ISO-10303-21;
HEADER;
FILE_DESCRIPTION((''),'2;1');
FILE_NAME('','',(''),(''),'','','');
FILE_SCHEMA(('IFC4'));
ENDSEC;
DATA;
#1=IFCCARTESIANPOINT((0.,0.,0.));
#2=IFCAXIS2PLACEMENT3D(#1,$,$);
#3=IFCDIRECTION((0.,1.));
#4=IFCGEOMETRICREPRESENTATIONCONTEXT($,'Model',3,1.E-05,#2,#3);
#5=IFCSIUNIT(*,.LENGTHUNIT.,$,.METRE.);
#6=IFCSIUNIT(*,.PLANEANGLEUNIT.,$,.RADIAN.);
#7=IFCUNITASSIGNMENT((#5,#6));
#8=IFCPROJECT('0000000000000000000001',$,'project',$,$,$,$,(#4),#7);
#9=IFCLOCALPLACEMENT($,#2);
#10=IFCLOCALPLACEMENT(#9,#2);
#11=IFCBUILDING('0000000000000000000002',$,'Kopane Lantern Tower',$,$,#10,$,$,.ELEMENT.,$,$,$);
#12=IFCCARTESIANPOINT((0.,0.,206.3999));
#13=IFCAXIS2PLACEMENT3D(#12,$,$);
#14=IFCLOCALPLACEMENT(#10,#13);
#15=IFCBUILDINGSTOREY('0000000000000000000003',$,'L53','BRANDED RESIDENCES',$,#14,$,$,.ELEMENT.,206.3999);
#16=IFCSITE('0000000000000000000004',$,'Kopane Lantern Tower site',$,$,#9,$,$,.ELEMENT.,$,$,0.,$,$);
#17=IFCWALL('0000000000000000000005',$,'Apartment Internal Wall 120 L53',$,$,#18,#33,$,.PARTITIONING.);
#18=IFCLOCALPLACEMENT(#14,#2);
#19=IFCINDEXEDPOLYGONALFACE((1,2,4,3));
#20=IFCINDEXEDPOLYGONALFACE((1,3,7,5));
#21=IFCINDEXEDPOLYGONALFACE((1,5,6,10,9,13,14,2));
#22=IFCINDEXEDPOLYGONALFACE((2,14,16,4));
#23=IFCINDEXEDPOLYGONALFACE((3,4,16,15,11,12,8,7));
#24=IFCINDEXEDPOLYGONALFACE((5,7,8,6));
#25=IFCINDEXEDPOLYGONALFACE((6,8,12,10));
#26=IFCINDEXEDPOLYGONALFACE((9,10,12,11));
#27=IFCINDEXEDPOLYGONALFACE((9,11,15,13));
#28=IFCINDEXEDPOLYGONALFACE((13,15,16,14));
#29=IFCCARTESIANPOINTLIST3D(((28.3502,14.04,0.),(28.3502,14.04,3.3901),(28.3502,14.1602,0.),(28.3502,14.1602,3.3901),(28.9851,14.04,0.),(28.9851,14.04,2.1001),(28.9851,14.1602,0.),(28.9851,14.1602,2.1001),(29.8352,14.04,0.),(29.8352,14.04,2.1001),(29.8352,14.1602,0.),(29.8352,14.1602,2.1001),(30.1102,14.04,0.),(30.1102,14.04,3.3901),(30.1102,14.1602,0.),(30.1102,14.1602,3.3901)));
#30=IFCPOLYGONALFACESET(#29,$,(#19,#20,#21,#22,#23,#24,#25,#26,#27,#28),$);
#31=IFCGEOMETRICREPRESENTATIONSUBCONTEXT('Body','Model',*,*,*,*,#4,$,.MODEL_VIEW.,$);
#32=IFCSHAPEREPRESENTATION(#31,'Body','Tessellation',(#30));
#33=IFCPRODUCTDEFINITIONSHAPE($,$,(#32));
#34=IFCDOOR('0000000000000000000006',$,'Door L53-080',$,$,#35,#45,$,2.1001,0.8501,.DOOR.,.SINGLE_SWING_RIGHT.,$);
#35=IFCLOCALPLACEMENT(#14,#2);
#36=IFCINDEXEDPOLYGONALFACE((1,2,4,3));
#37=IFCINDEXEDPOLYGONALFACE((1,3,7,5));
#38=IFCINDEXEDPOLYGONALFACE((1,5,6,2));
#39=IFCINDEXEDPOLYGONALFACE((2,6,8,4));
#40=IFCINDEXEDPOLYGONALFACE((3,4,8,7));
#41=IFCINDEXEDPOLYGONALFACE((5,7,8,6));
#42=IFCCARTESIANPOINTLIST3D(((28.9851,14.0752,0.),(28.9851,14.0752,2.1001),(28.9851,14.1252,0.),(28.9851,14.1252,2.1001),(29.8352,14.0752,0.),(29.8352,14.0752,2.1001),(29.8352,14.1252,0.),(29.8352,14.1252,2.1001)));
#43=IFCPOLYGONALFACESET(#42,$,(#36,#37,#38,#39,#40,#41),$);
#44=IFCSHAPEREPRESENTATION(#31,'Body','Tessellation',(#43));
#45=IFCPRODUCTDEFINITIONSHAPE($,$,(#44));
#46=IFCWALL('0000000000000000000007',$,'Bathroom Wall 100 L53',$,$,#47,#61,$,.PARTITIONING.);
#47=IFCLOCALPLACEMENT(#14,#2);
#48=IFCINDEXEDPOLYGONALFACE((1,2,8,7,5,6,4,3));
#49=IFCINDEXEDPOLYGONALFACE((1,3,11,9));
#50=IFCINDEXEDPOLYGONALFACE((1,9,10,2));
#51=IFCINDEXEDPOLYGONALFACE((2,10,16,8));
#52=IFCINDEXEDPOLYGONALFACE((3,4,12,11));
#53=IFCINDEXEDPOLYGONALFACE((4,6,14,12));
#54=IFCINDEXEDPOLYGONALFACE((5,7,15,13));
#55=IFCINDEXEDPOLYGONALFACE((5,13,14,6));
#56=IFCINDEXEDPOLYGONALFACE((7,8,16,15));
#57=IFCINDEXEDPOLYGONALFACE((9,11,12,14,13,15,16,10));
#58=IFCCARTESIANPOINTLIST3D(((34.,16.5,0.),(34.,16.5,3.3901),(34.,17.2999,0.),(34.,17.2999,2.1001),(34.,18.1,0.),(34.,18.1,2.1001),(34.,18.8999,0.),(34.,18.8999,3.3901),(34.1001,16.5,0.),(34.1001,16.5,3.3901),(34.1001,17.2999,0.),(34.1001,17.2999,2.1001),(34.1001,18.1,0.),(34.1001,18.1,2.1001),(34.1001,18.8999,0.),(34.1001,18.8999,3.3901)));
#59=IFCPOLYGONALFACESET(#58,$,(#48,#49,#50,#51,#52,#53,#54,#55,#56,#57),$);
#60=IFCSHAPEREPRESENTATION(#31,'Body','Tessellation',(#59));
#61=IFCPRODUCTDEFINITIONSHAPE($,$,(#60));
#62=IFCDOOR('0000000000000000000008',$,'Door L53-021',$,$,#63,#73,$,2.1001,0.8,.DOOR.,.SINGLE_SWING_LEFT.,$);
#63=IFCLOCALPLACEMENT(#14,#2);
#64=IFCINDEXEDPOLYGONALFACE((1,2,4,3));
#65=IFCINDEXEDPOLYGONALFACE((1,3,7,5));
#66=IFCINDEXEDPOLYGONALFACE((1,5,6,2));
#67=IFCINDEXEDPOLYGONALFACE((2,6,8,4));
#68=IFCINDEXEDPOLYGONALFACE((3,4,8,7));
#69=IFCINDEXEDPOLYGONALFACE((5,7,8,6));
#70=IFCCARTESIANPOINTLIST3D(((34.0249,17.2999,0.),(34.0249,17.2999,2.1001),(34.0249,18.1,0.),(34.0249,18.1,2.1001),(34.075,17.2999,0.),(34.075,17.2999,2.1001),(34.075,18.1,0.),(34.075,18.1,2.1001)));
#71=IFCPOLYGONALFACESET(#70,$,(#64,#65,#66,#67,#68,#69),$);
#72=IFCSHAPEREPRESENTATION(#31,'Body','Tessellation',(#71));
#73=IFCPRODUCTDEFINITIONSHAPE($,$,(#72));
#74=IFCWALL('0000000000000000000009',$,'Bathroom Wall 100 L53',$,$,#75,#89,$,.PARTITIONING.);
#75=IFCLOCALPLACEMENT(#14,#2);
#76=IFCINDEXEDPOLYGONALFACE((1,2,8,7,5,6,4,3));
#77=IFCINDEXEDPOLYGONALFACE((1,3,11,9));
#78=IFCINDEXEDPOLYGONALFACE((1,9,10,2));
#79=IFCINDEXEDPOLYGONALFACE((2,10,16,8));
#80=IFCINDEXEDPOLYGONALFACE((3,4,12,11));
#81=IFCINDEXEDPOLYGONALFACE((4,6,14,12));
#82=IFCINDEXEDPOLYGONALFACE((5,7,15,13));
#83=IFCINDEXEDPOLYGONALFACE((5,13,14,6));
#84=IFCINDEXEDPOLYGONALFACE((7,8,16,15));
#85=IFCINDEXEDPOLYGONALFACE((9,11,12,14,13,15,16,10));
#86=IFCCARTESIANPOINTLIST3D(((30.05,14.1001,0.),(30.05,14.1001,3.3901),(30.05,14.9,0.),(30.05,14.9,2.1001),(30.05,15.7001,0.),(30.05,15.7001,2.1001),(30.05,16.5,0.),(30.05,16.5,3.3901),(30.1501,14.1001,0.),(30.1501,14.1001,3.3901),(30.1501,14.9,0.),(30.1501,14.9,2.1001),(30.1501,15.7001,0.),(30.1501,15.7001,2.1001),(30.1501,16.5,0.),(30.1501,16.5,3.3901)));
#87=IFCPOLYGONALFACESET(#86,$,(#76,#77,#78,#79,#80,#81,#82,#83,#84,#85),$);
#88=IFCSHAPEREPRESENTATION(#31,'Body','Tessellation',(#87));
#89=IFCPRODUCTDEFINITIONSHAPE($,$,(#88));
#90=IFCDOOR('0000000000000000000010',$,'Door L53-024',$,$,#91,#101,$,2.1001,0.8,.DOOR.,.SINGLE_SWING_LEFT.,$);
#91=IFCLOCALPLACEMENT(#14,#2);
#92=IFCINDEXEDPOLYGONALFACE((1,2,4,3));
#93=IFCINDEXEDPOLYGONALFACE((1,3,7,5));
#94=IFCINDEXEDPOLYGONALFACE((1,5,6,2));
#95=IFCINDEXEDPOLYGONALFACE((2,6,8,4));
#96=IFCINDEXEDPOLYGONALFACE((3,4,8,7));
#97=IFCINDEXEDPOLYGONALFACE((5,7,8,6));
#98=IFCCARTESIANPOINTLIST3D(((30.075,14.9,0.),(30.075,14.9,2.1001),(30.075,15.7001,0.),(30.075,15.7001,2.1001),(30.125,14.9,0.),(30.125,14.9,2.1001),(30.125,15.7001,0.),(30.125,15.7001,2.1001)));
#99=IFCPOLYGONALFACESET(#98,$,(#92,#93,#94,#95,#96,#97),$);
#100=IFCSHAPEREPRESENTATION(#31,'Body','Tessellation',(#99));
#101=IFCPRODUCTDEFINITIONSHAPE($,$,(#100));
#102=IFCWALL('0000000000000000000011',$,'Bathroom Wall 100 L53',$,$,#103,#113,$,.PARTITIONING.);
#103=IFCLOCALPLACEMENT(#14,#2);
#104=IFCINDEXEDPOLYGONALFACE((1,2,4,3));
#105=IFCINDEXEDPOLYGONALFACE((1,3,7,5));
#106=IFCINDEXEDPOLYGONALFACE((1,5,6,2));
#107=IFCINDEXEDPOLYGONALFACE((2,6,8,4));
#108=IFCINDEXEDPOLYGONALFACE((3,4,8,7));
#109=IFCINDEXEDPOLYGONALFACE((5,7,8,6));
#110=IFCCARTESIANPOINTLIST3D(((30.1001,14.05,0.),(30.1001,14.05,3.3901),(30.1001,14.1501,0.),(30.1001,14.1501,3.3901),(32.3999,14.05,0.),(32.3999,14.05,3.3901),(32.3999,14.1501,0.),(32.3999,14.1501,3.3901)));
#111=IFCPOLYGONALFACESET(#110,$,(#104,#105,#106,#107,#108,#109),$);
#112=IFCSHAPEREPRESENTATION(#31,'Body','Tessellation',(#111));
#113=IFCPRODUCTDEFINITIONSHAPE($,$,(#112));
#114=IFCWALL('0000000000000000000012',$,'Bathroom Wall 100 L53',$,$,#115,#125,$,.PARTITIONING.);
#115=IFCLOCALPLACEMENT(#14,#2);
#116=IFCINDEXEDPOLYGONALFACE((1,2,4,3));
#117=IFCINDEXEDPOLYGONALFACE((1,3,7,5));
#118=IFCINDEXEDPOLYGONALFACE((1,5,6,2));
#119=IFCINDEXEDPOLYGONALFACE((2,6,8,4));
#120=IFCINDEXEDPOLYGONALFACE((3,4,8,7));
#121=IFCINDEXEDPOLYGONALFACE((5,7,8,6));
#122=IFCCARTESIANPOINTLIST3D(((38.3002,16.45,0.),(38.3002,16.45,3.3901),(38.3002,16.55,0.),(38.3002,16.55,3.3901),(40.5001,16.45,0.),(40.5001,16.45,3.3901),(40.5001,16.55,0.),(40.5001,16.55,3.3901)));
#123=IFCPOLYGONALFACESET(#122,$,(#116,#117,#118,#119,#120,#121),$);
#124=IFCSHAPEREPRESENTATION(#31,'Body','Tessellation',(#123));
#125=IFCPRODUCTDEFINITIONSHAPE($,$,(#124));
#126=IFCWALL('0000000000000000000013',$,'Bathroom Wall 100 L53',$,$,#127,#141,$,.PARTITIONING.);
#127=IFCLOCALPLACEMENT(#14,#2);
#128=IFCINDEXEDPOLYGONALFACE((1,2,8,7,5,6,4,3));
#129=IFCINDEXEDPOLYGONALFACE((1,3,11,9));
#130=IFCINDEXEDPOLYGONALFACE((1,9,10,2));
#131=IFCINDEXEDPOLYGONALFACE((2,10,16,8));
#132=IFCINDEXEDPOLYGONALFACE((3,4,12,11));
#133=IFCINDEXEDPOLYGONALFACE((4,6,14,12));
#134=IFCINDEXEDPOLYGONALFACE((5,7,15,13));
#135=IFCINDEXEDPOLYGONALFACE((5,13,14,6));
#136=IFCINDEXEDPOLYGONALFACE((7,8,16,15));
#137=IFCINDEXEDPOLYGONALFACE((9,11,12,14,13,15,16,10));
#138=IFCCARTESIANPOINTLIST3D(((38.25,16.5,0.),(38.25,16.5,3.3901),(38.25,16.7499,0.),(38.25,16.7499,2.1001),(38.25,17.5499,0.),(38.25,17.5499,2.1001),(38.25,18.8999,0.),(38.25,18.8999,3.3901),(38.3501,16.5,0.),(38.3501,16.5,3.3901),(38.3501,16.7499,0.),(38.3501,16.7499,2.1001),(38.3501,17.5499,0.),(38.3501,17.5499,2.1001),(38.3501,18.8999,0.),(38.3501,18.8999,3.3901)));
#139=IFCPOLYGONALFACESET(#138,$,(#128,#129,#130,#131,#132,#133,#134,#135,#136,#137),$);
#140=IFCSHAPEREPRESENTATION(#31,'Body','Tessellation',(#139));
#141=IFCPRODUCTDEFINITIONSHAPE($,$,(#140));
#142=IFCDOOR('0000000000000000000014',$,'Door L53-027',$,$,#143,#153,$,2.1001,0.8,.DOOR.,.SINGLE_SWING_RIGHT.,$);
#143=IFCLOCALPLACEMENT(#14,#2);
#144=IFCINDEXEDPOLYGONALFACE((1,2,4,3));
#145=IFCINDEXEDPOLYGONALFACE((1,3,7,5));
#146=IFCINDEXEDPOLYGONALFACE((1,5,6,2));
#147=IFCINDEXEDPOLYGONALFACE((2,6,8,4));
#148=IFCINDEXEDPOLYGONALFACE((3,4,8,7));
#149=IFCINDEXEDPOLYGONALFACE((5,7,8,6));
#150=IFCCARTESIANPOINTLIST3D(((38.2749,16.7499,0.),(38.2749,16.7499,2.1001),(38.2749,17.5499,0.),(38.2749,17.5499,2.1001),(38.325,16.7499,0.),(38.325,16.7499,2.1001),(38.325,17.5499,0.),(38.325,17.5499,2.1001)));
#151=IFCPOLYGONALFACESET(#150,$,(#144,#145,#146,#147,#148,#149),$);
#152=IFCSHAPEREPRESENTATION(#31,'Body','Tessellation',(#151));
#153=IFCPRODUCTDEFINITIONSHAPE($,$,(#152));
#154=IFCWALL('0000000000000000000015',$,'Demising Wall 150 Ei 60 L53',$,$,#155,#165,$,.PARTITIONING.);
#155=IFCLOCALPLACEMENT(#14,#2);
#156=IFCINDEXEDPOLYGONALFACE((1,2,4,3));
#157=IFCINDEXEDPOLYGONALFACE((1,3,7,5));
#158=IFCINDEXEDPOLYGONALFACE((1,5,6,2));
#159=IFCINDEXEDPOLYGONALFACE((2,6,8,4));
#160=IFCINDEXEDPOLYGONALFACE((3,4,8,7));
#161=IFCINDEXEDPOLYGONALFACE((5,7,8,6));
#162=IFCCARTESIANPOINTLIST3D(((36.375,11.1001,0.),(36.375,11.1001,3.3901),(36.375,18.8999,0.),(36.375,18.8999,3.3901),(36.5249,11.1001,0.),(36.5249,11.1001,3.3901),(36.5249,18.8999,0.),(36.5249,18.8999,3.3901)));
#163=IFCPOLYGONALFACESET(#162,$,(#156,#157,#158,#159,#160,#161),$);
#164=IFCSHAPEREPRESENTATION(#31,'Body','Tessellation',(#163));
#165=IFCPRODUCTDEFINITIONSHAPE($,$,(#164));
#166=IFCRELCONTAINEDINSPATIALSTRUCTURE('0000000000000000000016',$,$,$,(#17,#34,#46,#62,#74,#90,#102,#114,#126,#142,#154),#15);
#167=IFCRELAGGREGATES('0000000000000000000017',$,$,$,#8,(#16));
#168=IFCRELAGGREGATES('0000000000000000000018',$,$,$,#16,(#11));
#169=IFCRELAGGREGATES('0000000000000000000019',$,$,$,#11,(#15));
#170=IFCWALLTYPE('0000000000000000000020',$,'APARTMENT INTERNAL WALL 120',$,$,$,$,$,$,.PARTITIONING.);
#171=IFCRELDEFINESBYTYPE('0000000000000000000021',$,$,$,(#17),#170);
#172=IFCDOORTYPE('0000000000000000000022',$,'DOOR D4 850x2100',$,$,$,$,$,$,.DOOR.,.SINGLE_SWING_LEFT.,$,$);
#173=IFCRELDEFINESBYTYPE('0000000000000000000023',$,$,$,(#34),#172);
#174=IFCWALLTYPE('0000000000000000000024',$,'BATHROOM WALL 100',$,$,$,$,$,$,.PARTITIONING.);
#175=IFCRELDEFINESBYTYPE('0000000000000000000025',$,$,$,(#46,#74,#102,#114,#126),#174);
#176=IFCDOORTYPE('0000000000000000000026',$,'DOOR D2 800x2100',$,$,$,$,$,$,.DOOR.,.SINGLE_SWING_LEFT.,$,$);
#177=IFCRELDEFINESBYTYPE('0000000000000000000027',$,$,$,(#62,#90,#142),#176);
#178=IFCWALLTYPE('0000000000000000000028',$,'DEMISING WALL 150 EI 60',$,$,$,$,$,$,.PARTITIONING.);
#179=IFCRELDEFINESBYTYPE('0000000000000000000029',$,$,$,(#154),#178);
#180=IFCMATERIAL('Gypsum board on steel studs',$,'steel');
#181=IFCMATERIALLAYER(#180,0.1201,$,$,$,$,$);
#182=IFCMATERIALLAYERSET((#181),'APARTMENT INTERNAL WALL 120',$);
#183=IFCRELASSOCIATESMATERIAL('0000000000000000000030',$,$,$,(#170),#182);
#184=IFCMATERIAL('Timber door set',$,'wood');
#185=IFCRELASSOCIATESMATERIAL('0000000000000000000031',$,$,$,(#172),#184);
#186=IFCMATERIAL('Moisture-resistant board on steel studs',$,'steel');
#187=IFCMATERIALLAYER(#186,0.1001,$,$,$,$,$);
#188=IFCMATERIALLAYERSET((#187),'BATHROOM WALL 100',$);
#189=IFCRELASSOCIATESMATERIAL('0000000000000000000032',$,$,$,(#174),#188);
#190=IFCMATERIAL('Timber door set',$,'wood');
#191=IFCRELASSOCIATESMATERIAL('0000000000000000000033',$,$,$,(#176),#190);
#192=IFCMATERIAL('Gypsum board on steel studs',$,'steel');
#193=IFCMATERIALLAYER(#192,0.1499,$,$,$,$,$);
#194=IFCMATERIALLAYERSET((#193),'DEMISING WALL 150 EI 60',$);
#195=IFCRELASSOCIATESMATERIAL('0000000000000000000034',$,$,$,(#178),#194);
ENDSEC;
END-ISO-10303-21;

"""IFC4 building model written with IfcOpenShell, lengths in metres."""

from ifc_helpers import new_model, si_unit, direction, frame, frame_2d, origin, place, context, subcontext, project, spatial, rectangle, extrude, material, layer, layer_set, type_object, element, fill, save


model = new_model("IFC4")

# Units and contexts
model_context = context("Model", 3, precision=1e-05, world=origin(), true_north=direction((0.0, 1.0)))
body_context = subcontext(model_context, "Body", "Model", "MODEL_VIEW")
ifc_project = project(units=[si_unit("LENGTHUNIT", "METRE"), si_unit("PLANEANGLEUNIT", "RADIAN")], contexts=[model_context])

# Site, building, storey
site_placement = place(None, origin())
site = spatial("IfcSite", under=ifc_project, at=site_placement, Name="Kopane Lantern Tower site", CompositionType="ELEMENT", RefElevation=0.0)
building_placement = place(site_placement, origin())
building = spatial("IfcBuilding", under=site, at=building_placement, Name="Kopane Lantern Tower", CompositionType="ELEMENT")
storey_placement = place(building_placement, frame((0.0, 0.0, 206.3999)))
storey = spatial("IfcBuildingStorey", under=building, at=storey_placement, Name="L53", Description="BRANDED RESIDENCES", CompositionType="ELEMENT", Elevation=206.3999)

# Shared definitions
ifc_material_1 = material(Name="Gypsum board on steel studs", Category="steel")
ifc_layer_1 = layer(ifc_material_1, 0.1201)
ifc_layer_set_1 = layer_set([ifc_layer_1], Name="APARTMENT INTERNAL WALL 120")
wall_type_1 = type_object("IfcWallType", Name="APARTMENT INTERNAL WALL 120", PredefinedType="PARTITIONING", material=ifc_layer_set_1)

# Shared definitions
ifc_material_2 = material(Name="Timber door set", Category="wood")
door_type_1 = type_object("IfcDoorType", Name="DOOR D4 850x2100", OperationType="SINGLE_SWING_LEFT", PredefinedType="DOOR", material=ifc_material_2)

# Walls, openings, doors
wall_1_placement = place(storey_placement, frame((30.1101, 14.1001, 0.0), z_axis=(0.0, 0.0, 1.0), x_axis=(-1.0, 0.0, 0.0)))
wall_1 = element("IfcWall", 1, at=wall_1_placement, inside=storey, type_object=wall_type_1, Name="Apartment Internal Wall 120 L53", PredefinedType="PARTITIONING", context=body_context, shape_type="SweptSolid", body=[
    extrude(rectangle(XDim=1.76, YDim=0.1201, at=frame_2d((0.8799, 0.0))), origin(), (0.0, 0.0, 1.0), 3.3901),
])
opening_1_placement = place(wall_1_placement, frame((0.2749, 0.0, 0.0)))
opening_1 = element("IfcOpeningElement", 2, at=opening_1_placement, cuts=wall_1, PredefinedType="OPENING", context=body_context, shape_type="SweptSolid", body=[
    extrude(rectangle(XDim=0.8501, YDim=2.1001, at=frame_2d((0.425, 1.05))), frame((0.0, 0.0701, 0.0), z_axis=(0.0, -1.0, 0.0), x_axis=(1.0, 0.0, 0.0)), (0.0, 0.0, 1.0), 0.1401),
])
door_1_placement = place(opening_1_placement, origin())
door_1 = element("IfcDoor", 3, at=door_1_placement, inside=storey, type_object=door_type_1, Name="Door L53-080", OperationType="SINGLE_SWING_RIGHT", OverallHeight=2.1001, OverallWidth=0.8501, PredefinedType="DOOR", context=body_context, shape_type="SweptSolid", body=[
    extrude(rectangle(XDim=0.8501, YDim=2.1001, at=frame_2d((0.425, 1.05))), frame((0.0, 0.0249, 0.0), z_axis=(0.0, -1.0, 0.0), x_axis=(1.0, 0.0, 0.0)), (0.0, 0.0, 1.0), 0.05),
])
fill(opening_1, door_1)
ifc_material_3 = material(Name="Moisture-resistant board on steel studs", Category="steel")
ifc_layer_2 = layer(ifc_material_3, 0.1001)
ifc_layer_set_2 = layer_set([ifc_layer_2], Name="BATHROOM WALL 100")
wall_type_2 = type_object("IfcWallType", Name="BATHROOM WALL 100", PredefinedType="PARTITIONING", material=ifc_layer_set_2)
wall_2_placement = place(storey_placement, frame((34.05, 18.8999, 0.0), z_axis=(0.0, 0.0, 1.0), x_axis=(0.0, -1.0, 0.0)))
wall_2 = element("IfcWall", 4, at=wall_2_placement, inside=storey, type_object=wall_type_2, Name="Bathroom Wall 100 L53", PredefinedType="PARTITIONING", context=body_context, shape_type="SweptSolid", body=[
    extrude(rectangle(XDim=2.3999, YDim=0.1001, at=frame_2d((1.2, 0.0))), origin(), (0.0, 0.0, 1.0), 3.3901),
])
opening_2_placement = place(wall_2_placement, frame((0.8, 0.0, 0.0)))
opening_2 = element("IfcOpeningElement", 5, at=opening_2_placement, cuts=wall_2, PredefinedType="OPENING", context=body_context, shape_type="SweptSolid", body=[
    extrude(rectangle(XDim=0.8, YDim=2.1001, at=frame_2d((0.3999, 1.05))), frame((0.0, 0.0601, 0.0), z_axis=(0.0, -1.0, 0.0), x_axis=(1.0, 0.0, 0.0)), (0.0, 0.0, 1.0), 0.1201),
])
ifc_material_4 = material(Name="Timber door set", Category="wood")
door_type_2 = type_object("IfcDoorType", Name="DOOR D2 800x2100", OperationType="SINGLE_SWING_LEFT", PredefinedType="DOOR", material=ifc_material_4)
door_2_placement = place(opening_2_placement, origin())
door_2 = element("IfcDoor", 6, at=door_2_placement, inside=storey, type_object=door_type_2, Name="Door L53-021", OperationType="SINGLE_SWING_LEFT", OverallHeight=2.1001, OverallWidth=0.8, PredefinedType="DOOR", context=body_context, shape_type="SweptSolid", body=[
    extrude(rectangle(XDim=0.8, YDim=2.1001, at=frame_2d((0.3999, 1.05))), frame((0.0, 0.0249, 0.0), z_axis=(0.0, -1.0, 0.0), x_axis=(1.0, 0.0, 0.0)), (0.0, 0.0, 1.0), 0.05),
])
fill(opening_2, door_2)
wall_3_placement = place(storey_placement, frame((30.1001, 16.5, 0.0), z_axis=(0.0, 0.0, 1.0), x_axis=(0.0, -1.0, 0.0)))
wall_3 = element("IfcWall", 7, at=wall_3_placement, inside=storey, type_object=wall_type_2, Name="Bathroom Wall 100 L53", PredefinedType="PARTITIONING", context=body_context, shape_type="SweptSolid", body=[
    extrude(rectangle(XDim=2.3999, YDim=0.1001, at=frame_2d((1.2, 0.0))), origin(), (0.0, 0.0, 1.0), 3.3901),
])
opening_3_placement = place(wall_3_placement, frame((0.8, 0.0, 0.0)))
opening_3 = element("IfcOpeningElement", 8, at=opening_3_placement, cuts=wall_3, PredefinedType="OPENING", context=body_context, shape_type="SweptSolid", body=[
    extrude(rectangle(XDim=0.8, YDim=2.1001, at=frame_2d((0.3999, 1.05))), frame((0.0, 0.0601, 0.0), z_axis=(0.0, -1.0, 0.0), x_axis=(1.0, 0.0, 0.0)), (0.0, 0.0, 1.0), 0.1201),
])
door_3_placement = place(opening_3_placement, origin())
door_3 = element("IfcDoor", 9, at=door_3_placement, inside=storey, type_object=door_type_2, Name="Door L53-024", OperationType="SINGLE_SWING_LEFT", OverallHeight=2.1001, OverallWidth=0.8, PredefinedType="DOOR", context=body_context, shape_type="SweptSolid", body=[
    extrude(rectangle(XDim=0.8, YDim=2.1001, at=frame_2d((0.3999, 1.05))), frame((0.0, 0.0249, 0.0), z_axis=(0.0, -1.0, 0.0), x_axis=(1.0, 0.0, 0.0)), (0.0, 0.0, 1.0), 0.05),
])
fill(opening_3, door_3)

# Walls
wall_4_placement = place(storey_placement, frame((30.1001, 14.1001, 0.0), z_axis=(0.0, 0.0, 1.0), x_axis=(1.0, 0.0, 0.0)))
element("IfcWall", 10, at=wall_4_placement, inside=storey, type_object=wall_type_2, Name="Bathroom Wall 100 L53", PredefinedType="PARTITIONING", context=body_context, shape_type="SweptSolid", body=[
    extrude(rectangle(XDim=2.2998, YDim=0.1001, at=frame_2d((1.1499, 0.0))), origin(), (0.0, 0.0, 1.0), 3.3901),
])
wall_5_placement = place(storey_placement, frame((38.3, 16.5, 0.0), z_axis=(0.0, 0.0, 1.0), x_axis=(1.0, 0.0, 0.0)))
element("IfcWall", 11, at=wall_5_placement, inside=storey, type_object=wall_type_2, Name="Bathroom Wall 100 L53", PredefinedType="PARTITIONING", context=body_context, shape_type="SweptSolid", body=[
    extrude(rectangle(XDim=2.2, YDim=0.1001, at=frame_2d((1.1001, 0.0))), origin(), (0.0, 0.0, 1.0), 3.3901),
])

# Wall, opening, door
wall_6_placement = place(storey_placement, frame((38.3, 18.8999, 0.0), z_axis=(0.0, 0.0, 1.0), x_axis=(0.0, -1.0, 0.0)))
wall_6 = element("IfcWall", 12, at=wall_6_placement, inside=storey, type_object=wall_type_2, Name="Bathroom Wall 100 L53", PredefinedType="PARTITIONING", context=body_context, shape_type="SweptSolid", body=[
    extrude(rectangle(XDim=2.3999, YDim=0.1001, at=frame_2d((1.2, 0.0))), origin(), (0.0, 0.0, 1.0), 3.3901),
])
opening_4_placement = place(wall_6_placement, frame((1.3501, 0.0, 0.0)))
opening_4 = element("IfcOpeningElement", 13, at=opening_4_placement, cuts=wall_6, PredefinedType="OPENING", context=body_context, shape_type="SweptSolid", body=[
    extrude(rectangle(XDim=0.8, YDim=2.1001, at=frame_2d((0.3999, 1.05))), frame((0.0, 0.0601, 0.0), z_axis=(0.0, -1.0, 0.0), x_axis=(1.0, 0.0, 0.0)), (0.0, 0.0, 1.0), 0.1201),
])
door_4_placement = place(opening_4_placement, origin())
door_4 = element("IfcDoor", 14, at=door_4_placement, inside=storey, type_object=door_type_2, Name="Door L53-027", OperationType="SINGLE_SWING_RIGHT", OverallHeight=2.1001, OverallWidth=0.8, PredefinedType="DOOR", context=body_context, shape_type="SweptSolid", body=[
    extrude(rectangle(XDim=0.8, YDim=2.1001, at=frame_2d((0.3999, 1.05))), frame((0.0, 0.0249, 0.0), z_axis=(0.0, -1.0, 0.0), x_axis=(1.0, 0.0, 0.0)), (0.0, 0.0, 1.0), 0.05),
])
fill(opening_4, door_4)

# Wall
ifc_material_5 = material(Name="Gypsum board on steel studs", Category="steel")
ifc_layer_3 = layer(ifc_material_5, 0.1499)
ifc_layer_set_3 = layer_set([ifc_layer_3], Name="DEMISING WALL 150 EI 60")
wall_type_3 = type_object("IfcWallType", Name="DEMISING WALL 150 EI 60", PredefinedType="PARTITIONING", material=ifc_layer_set_3)
wall_7_placement = place(storey_placement, frame((36.45, 18.8999, 0.0), z_axis=(0.0, 0.0, 1.0), x_axis=(0.0, -1.0, 0.0)))
element("IfcWall", 15, at=wall_7_placement, inside=storey, type_object=wall_type_3, Name="Demising Wall 150 Ei 60 L53", PredefinedType="PARTITIONING", context=body_context, shape_type="SweptSolid", body=[
    extrude(rectangle(XDim=7.7998, YDim=0.1499, at=frame_2d((3.8999, 0.0))), origin(), (0.0, 0.0, 1.0), 3.3901),
])

save(model, "model.ifc")
